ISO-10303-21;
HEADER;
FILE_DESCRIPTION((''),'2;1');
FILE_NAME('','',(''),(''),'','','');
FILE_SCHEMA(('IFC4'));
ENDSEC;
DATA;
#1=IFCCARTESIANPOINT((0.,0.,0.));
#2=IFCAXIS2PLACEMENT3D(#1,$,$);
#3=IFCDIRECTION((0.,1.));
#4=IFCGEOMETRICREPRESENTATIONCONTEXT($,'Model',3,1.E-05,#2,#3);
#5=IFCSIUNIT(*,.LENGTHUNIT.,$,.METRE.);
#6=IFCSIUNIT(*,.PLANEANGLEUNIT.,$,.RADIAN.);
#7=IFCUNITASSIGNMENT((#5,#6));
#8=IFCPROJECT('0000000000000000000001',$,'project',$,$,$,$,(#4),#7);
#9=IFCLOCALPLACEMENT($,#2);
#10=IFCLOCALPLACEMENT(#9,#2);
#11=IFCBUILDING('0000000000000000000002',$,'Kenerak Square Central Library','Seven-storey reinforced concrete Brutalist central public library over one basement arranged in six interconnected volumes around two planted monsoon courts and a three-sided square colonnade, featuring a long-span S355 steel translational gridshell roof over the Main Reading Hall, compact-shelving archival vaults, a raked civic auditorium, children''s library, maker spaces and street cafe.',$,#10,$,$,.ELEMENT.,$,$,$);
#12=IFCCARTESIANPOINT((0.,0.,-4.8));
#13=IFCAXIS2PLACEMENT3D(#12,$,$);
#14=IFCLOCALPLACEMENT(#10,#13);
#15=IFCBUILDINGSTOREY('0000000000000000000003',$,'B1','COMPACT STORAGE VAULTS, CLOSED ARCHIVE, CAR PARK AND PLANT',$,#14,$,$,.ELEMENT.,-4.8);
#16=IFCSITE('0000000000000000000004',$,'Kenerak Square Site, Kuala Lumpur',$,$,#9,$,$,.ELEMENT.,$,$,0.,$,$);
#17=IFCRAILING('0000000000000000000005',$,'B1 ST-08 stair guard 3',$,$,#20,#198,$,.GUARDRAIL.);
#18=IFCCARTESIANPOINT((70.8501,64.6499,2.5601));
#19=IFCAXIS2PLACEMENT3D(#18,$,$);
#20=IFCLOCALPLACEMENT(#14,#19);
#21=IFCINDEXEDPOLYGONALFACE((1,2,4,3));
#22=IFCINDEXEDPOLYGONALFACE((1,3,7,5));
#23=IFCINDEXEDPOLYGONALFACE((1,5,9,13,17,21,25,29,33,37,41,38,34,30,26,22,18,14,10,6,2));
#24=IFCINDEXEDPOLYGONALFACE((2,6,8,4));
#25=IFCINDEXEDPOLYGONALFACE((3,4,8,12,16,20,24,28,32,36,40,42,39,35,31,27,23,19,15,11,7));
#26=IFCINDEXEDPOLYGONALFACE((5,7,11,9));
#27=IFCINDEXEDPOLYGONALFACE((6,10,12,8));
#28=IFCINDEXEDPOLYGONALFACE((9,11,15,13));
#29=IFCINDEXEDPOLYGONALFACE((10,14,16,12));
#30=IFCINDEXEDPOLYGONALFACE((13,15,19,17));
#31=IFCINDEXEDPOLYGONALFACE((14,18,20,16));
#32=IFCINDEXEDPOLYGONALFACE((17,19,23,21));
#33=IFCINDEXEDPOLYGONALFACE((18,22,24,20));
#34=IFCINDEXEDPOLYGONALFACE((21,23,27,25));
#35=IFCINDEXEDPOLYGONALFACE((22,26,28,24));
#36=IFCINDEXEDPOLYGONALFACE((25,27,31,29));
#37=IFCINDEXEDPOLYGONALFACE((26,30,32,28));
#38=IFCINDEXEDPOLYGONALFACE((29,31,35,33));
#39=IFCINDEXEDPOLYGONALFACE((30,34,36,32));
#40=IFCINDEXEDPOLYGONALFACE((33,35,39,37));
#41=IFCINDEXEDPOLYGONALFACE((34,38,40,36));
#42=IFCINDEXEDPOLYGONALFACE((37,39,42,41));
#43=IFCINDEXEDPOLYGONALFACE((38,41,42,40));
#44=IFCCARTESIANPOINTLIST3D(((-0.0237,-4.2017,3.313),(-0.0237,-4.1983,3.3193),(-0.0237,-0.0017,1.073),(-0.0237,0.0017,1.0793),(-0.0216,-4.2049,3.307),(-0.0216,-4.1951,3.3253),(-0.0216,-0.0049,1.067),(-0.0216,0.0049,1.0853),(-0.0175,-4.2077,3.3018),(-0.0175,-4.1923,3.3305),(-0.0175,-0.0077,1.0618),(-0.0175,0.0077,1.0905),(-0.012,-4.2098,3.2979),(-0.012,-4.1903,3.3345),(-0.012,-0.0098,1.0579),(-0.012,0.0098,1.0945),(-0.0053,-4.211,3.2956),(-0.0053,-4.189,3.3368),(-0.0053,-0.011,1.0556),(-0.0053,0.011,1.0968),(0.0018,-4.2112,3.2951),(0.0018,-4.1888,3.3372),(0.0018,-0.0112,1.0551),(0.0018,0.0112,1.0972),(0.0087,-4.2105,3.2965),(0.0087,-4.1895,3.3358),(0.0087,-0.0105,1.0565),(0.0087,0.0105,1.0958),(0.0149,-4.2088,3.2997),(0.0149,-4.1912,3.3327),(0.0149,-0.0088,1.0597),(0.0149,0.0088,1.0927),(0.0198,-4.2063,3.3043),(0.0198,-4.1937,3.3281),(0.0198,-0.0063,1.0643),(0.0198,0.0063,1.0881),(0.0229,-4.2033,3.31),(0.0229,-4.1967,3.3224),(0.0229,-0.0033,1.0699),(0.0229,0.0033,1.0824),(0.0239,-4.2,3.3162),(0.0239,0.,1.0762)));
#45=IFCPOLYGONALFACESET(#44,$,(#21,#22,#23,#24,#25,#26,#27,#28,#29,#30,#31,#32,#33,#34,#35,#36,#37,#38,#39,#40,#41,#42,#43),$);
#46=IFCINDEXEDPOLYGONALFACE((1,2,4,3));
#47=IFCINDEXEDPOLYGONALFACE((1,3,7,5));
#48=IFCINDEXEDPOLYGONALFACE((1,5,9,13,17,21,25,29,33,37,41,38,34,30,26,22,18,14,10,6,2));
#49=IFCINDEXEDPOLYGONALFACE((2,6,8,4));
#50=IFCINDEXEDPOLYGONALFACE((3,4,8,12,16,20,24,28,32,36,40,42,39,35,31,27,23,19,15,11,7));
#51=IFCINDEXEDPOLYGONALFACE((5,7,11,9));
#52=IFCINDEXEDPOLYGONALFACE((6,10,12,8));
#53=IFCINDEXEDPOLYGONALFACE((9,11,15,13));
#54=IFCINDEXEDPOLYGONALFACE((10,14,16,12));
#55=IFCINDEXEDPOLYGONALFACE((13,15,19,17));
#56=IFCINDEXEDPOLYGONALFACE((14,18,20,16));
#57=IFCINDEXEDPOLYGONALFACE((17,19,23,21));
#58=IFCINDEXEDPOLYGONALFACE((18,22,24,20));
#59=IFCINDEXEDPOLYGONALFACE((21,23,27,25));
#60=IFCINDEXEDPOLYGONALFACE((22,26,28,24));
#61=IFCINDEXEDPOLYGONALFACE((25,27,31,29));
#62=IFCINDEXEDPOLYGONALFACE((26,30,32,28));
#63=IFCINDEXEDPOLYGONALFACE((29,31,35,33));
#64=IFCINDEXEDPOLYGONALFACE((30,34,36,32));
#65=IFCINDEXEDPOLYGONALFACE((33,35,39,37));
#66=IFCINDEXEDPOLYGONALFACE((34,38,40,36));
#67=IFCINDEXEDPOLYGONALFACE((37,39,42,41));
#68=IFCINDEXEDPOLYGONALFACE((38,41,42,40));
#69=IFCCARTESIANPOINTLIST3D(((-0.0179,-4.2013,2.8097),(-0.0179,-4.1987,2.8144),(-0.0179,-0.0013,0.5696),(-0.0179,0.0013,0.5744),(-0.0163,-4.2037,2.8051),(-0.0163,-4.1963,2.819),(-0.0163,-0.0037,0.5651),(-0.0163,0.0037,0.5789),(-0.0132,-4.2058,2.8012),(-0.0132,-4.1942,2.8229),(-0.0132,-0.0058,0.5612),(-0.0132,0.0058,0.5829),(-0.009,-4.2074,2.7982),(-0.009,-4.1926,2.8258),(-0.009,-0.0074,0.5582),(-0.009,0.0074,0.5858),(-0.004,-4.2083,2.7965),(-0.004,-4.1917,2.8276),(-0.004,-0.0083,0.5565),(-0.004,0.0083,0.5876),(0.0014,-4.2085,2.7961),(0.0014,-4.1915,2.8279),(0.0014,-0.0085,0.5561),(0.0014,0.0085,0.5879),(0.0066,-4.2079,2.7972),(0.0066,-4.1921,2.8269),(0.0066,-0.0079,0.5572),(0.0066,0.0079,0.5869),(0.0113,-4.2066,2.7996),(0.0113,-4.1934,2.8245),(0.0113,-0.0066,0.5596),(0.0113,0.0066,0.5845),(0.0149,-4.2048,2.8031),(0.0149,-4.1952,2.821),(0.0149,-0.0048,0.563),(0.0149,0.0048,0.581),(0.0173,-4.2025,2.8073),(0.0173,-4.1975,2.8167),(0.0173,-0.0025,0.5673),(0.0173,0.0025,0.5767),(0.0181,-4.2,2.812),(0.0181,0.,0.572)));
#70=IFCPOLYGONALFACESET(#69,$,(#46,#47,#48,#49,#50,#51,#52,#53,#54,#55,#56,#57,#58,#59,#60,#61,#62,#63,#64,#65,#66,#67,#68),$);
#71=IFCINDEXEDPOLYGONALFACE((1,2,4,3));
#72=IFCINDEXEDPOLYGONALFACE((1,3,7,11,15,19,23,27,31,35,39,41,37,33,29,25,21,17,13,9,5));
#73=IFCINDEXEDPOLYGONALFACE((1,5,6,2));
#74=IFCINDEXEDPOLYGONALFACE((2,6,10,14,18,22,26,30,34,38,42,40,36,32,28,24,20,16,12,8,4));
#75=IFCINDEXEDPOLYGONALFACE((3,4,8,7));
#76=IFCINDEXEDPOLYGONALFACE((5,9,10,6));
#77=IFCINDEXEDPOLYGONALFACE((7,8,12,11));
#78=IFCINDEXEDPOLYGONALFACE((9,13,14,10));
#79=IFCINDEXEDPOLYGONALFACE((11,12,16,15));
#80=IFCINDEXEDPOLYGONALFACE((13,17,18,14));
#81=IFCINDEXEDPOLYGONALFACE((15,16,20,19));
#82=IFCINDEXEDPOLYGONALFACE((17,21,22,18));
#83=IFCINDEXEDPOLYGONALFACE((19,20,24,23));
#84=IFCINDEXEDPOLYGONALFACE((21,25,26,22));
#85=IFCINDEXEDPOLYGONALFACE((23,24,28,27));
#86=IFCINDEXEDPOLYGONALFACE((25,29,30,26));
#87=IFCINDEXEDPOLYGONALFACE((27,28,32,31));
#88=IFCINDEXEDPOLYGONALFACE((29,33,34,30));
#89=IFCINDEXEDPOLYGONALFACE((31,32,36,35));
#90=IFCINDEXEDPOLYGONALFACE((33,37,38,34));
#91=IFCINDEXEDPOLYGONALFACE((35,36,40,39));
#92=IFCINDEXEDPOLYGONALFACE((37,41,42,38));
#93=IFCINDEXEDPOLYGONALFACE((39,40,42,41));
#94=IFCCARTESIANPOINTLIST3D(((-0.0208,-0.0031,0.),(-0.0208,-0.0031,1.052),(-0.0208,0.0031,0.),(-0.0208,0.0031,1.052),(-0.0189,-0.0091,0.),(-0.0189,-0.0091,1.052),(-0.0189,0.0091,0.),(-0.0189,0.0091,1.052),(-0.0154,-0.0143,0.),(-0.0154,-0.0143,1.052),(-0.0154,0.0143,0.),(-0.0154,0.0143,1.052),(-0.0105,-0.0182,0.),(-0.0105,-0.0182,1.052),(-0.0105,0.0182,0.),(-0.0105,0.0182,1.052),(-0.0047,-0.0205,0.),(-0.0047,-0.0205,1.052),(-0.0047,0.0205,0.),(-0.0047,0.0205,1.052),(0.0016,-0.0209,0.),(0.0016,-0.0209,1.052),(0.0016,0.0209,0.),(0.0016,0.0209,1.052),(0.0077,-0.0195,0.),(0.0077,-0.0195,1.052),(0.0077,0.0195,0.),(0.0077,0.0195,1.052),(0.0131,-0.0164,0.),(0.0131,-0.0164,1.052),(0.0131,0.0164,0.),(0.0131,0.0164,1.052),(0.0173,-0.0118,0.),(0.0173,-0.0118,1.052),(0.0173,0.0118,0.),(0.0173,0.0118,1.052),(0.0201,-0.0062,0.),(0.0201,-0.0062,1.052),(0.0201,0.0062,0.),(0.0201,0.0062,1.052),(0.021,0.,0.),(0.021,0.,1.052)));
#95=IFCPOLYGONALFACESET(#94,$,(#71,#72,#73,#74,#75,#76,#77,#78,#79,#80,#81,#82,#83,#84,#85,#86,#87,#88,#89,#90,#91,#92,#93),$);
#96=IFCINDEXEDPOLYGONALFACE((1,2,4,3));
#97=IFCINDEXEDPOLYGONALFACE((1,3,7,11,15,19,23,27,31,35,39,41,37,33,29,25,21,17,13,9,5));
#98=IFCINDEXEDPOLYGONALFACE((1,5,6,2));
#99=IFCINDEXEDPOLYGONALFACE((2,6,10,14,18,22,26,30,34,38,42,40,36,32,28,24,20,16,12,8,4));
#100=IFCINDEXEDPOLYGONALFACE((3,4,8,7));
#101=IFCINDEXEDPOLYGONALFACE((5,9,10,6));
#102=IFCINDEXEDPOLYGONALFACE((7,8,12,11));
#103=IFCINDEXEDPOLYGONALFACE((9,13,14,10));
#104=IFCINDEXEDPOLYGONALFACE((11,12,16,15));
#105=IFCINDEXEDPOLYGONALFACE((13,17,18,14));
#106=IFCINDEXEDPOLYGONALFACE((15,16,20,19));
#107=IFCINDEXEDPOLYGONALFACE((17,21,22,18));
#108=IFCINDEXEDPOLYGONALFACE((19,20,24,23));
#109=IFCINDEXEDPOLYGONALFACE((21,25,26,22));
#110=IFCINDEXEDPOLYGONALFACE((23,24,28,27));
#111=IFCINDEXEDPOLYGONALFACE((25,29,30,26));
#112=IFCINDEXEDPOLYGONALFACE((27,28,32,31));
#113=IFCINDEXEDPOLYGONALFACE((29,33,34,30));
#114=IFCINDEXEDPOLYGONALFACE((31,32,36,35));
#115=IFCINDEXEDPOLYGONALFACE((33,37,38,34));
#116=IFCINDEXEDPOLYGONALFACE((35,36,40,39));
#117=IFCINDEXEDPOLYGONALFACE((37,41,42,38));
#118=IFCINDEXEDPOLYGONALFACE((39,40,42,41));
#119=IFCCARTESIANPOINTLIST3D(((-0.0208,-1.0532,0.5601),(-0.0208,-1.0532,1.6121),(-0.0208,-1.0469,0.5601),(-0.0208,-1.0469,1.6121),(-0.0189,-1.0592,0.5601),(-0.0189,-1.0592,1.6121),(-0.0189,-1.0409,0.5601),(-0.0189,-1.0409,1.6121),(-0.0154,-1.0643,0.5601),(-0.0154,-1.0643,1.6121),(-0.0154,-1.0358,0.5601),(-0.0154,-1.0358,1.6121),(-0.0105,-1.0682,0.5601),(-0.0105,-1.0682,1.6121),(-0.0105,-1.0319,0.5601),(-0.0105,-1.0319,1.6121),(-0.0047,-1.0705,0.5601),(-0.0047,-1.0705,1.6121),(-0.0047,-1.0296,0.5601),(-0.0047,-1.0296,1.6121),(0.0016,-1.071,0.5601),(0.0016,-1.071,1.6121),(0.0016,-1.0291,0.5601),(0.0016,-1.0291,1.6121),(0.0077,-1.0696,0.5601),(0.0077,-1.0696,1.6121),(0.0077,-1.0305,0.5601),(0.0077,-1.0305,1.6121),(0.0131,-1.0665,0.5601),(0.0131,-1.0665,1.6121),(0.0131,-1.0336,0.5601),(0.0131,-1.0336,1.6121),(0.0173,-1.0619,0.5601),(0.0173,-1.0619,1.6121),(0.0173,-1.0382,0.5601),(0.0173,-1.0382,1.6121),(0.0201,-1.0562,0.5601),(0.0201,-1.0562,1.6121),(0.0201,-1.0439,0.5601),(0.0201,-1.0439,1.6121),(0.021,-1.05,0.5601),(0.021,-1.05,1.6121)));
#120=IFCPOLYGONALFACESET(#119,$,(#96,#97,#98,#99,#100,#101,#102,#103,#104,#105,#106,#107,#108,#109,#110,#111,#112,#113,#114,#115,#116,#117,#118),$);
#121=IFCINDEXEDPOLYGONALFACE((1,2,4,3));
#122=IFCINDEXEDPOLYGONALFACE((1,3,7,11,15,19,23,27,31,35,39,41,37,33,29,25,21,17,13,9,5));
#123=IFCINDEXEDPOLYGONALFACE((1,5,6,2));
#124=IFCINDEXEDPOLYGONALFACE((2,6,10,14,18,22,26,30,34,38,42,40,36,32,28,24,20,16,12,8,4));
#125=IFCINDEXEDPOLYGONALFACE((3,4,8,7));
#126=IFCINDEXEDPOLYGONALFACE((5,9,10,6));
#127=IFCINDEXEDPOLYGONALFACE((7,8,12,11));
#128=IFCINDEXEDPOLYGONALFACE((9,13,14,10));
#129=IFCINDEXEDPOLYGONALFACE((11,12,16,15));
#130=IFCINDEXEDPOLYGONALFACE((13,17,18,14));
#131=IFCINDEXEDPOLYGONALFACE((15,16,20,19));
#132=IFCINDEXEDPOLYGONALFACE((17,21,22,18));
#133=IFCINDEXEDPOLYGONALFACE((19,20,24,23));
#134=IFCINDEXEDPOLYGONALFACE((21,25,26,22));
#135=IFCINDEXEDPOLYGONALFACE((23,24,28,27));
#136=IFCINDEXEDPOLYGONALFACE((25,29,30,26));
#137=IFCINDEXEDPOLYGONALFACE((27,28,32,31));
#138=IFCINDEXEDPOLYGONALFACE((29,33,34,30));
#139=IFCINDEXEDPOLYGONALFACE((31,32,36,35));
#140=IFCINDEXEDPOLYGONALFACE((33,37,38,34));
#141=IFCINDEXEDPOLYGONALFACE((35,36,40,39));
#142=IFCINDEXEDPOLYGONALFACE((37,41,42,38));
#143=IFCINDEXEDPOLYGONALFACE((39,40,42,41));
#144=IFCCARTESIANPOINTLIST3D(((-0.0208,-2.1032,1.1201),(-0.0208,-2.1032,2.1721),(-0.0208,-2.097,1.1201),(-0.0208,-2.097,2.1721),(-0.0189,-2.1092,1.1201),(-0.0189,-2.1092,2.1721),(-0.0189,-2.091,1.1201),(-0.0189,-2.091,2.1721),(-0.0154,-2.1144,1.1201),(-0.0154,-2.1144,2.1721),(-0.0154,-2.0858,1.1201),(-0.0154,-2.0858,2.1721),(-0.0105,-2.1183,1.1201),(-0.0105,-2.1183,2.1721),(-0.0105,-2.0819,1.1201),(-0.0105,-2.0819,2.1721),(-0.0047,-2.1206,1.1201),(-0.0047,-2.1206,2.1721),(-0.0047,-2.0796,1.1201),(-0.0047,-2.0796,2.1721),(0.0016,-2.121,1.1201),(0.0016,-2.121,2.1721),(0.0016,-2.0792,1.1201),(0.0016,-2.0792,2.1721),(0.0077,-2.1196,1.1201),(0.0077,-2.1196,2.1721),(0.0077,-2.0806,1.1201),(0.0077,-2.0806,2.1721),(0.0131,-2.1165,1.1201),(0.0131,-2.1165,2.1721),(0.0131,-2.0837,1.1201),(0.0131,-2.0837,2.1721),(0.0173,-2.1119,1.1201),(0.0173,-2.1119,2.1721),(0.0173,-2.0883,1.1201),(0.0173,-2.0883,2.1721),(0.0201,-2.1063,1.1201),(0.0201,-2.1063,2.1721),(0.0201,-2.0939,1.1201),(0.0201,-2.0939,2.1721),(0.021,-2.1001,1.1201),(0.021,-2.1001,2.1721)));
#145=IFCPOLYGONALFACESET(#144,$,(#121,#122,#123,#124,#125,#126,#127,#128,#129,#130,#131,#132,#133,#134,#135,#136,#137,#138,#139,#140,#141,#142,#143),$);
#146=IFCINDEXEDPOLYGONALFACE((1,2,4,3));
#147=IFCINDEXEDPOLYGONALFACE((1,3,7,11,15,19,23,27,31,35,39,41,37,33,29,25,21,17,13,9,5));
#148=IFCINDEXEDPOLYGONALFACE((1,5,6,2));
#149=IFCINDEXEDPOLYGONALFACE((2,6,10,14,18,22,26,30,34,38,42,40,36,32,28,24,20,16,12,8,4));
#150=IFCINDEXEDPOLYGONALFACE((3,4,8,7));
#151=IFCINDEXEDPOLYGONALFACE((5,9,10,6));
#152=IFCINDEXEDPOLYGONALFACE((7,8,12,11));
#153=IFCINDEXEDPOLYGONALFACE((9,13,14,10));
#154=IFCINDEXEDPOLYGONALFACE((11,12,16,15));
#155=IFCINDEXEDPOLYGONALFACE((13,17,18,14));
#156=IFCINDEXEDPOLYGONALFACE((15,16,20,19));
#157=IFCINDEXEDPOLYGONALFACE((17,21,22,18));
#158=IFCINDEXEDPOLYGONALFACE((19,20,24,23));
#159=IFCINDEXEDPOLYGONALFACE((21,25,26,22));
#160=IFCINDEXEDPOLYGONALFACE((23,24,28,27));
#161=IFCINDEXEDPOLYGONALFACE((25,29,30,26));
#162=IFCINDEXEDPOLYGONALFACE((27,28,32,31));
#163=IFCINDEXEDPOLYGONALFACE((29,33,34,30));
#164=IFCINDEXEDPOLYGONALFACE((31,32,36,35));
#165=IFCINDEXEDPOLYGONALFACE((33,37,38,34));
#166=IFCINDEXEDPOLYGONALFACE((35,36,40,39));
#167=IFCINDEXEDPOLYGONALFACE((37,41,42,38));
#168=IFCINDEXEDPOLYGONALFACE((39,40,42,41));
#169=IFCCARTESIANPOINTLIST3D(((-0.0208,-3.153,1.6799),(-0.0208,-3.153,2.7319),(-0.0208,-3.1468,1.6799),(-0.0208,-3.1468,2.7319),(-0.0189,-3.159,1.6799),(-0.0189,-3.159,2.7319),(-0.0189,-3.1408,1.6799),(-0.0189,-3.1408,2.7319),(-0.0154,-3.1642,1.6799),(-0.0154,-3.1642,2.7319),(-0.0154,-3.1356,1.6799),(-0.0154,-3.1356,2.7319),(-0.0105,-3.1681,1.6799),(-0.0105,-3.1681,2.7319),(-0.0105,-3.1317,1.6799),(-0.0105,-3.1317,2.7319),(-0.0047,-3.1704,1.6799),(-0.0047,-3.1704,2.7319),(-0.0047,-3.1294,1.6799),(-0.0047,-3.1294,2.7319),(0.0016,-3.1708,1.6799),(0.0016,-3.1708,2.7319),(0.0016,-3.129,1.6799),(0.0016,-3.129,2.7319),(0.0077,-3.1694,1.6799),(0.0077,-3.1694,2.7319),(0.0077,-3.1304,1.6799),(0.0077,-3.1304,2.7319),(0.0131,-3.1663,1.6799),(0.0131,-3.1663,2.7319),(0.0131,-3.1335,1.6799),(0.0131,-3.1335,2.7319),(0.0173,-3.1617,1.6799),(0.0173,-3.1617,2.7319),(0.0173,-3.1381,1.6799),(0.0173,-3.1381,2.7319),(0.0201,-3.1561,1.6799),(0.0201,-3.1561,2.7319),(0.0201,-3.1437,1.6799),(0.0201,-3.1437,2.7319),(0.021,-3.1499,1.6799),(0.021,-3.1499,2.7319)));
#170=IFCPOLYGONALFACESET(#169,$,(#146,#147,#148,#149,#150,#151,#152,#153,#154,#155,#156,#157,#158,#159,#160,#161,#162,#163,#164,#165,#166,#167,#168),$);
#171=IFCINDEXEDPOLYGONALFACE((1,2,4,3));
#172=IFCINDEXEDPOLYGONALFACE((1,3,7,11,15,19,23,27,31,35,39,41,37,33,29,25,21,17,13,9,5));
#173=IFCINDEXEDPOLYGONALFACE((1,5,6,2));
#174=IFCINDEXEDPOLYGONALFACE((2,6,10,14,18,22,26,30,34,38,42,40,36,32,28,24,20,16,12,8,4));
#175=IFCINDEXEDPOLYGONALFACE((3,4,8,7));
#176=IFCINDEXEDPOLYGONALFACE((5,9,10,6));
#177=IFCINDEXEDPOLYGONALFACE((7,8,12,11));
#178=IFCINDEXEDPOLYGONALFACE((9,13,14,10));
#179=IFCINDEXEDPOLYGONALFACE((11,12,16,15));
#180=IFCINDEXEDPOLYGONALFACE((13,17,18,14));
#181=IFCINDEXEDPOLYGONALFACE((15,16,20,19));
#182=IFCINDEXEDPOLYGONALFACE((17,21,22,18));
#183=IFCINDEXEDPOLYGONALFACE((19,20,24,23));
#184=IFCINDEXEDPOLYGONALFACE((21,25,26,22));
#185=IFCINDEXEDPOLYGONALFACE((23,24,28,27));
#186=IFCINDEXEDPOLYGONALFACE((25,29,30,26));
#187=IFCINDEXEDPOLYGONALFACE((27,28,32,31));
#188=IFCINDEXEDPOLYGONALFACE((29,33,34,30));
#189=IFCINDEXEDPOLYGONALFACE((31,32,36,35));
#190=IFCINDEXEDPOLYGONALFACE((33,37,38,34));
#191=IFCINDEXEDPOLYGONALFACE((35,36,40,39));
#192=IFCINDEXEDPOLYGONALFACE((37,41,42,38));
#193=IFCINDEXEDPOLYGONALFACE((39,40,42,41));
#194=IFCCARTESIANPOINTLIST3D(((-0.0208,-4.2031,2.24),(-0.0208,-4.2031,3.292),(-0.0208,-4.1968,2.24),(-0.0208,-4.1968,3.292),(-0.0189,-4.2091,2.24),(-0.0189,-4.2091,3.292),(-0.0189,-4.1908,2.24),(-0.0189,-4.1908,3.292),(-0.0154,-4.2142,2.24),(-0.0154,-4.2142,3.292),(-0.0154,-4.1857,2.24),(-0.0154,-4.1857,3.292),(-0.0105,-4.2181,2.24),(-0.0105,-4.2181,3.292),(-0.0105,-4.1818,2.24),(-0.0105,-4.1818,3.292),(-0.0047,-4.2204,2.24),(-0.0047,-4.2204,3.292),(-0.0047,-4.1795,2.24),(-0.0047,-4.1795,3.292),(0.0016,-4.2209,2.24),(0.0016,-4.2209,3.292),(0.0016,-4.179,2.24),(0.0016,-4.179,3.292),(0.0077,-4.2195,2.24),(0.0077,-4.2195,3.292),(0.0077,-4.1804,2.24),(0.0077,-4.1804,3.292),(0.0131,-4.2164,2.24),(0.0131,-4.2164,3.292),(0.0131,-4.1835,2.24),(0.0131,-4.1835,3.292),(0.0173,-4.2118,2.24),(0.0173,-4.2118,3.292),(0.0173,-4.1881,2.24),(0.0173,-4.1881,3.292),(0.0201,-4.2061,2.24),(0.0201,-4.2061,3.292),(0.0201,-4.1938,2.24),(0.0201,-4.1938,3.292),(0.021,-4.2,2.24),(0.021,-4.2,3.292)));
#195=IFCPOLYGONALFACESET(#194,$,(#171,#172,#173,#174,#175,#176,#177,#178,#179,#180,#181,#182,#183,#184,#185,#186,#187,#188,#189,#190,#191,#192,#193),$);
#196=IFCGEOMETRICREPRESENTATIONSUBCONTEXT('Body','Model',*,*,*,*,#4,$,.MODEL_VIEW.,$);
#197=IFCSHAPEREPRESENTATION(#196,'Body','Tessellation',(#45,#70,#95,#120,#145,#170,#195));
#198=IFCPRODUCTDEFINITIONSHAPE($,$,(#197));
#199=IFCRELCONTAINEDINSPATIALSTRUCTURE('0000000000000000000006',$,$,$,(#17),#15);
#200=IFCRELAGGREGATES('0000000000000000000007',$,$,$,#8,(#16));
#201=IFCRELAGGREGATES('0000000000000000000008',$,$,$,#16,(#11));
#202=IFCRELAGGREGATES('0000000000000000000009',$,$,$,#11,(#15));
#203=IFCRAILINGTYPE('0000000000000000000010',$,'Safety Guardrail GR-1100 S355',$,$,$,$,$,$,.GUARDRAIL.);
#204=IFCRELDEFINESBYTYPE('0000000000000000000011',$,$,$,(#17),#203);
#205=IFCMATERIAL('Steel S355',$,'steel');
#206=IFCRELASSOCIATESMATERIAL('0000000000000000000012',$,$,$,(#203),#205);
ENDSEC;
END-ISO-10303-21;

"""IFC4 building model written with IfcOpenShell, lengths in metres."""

from ifc_helpers import new_model, si_unit, direction, frame, origin, origin_2d, place, context, subcontext, project, spatial, circle, extrude, material, type_object, element, save


model = new_model("IFC4")

# Units and contexts
model_context = context("Model", 3, precision=1e-05, world=origin(), true_north=direction((0.0, 1.0)))
body_context = subcontext(model_context, "Body", "Model", "MODEL_VIEW")
ifc_project = project(units=[si_unit("LENGTHUNIT", "METRE"), si_unit("PLANEANGLEUNIT", "RADIAN")], contexts=[model_context])

# Site, building, storey
site_placement = place(None, origin())
site = spatial("IfcSite", under=ifc_project, at=site_placement, Name="Kenerak Square Site, Kuala Lumpur", CompositionType="ELEMENT", RefElevation=0.0)
building_placement = place(site_placement, origin())
building = spatial("IfcBuilding", under=site, at=building_placement, Name="Kenerak Square Central Library", Description="Seven-storey reinforced concrete Brutalist central public library over one basement arranged in six interconnected volumes around two planted monsoon courts and a three-sided square colonnade, featuring a long-span S355 steel translational gridshell roof over the Main Reading Hall, compact-shelving archival vaults, a raked civic auditorium, children's library, maker spaces and street cafe.", CompositionType="ELEMENT")
storey_placement = place(building_placement, frame((0.0, 0.0, -4.8)))
storey = spatial("IfcBuildingStorey", under=building, at=storey_placement, Name="B1", Description="COMPACT STORAGE VAULTS, CLOSED ARCHIVE, CAR PARK AND PLANT", CompositionType="ELEMENT", Elevation=-4.8)

# Railing
ifc_material_1 = material(Name="Steel S355", Category="steel")
railing_type_1 = type_object("IfcRailingType", Name="Safety Guardrail GR-1100 S355", PredefinedType="GUARDRAIL", material=ifc_material_1)
railing_1_placement = place(storey_placement, frame((70.8501, 64.6499, 2.5601)))
element("IfcRailing", 1, at=railing_1_placement, inside=storey, type_object=railing_type_1, Name="B1 ST-08 stair guard 3", PredefinedType="GUARDRAIL", context=body_context, shape_type="SweptSolid", body=[
    extrude(circle(Radius=0.0239, at=origin_2d()), frame((0.0, 0.0, 1.0762), z_axis=(0.0, -0.882352, 0.470591), x_axis=(1.0, 0.0, 0.0)), (0.0, 0.0, 1.0), 4.76),
    extrude(circle(Radius=0.0181, at=origin_2d()), frame((0.0, 0.0, 0.572), z_axis=(0.0, -0.882352, 0.470591), x_axis=(1.0, 0.0, 0.0)), (0.0, 0.0, 1.0), 4.76),
    extrude(circle(Radius=0.021, at=origin_2d()), origin(), (0.0, 0.0, 1.0), 1.052),
    extrude(circle(Radius=0.021, at=origin_2d()), frame((0.0, -1.05, 0.5601)), (0.0, 0.0, 1.0), 1.052),
    extrude(circle(Radius=0.021, at=origin_2d()), frame((0.0, -2.1001, 1.1201)), (0.0, 0.0, 1.0), 1.052),
    extrude(circle(Radius=0.021, at=origin_2d()), frame((0.0, -3.1499, 1.6799)), (0.0, 0.0, 1.0), 1.052),
    extrude(circle(Radius=0.021, at=origin_2d()), frame((0.0, -4.2, 2.24)), (0.0, 0.0, 1.0), 1.052),
])

save(model, "model.ifc")
